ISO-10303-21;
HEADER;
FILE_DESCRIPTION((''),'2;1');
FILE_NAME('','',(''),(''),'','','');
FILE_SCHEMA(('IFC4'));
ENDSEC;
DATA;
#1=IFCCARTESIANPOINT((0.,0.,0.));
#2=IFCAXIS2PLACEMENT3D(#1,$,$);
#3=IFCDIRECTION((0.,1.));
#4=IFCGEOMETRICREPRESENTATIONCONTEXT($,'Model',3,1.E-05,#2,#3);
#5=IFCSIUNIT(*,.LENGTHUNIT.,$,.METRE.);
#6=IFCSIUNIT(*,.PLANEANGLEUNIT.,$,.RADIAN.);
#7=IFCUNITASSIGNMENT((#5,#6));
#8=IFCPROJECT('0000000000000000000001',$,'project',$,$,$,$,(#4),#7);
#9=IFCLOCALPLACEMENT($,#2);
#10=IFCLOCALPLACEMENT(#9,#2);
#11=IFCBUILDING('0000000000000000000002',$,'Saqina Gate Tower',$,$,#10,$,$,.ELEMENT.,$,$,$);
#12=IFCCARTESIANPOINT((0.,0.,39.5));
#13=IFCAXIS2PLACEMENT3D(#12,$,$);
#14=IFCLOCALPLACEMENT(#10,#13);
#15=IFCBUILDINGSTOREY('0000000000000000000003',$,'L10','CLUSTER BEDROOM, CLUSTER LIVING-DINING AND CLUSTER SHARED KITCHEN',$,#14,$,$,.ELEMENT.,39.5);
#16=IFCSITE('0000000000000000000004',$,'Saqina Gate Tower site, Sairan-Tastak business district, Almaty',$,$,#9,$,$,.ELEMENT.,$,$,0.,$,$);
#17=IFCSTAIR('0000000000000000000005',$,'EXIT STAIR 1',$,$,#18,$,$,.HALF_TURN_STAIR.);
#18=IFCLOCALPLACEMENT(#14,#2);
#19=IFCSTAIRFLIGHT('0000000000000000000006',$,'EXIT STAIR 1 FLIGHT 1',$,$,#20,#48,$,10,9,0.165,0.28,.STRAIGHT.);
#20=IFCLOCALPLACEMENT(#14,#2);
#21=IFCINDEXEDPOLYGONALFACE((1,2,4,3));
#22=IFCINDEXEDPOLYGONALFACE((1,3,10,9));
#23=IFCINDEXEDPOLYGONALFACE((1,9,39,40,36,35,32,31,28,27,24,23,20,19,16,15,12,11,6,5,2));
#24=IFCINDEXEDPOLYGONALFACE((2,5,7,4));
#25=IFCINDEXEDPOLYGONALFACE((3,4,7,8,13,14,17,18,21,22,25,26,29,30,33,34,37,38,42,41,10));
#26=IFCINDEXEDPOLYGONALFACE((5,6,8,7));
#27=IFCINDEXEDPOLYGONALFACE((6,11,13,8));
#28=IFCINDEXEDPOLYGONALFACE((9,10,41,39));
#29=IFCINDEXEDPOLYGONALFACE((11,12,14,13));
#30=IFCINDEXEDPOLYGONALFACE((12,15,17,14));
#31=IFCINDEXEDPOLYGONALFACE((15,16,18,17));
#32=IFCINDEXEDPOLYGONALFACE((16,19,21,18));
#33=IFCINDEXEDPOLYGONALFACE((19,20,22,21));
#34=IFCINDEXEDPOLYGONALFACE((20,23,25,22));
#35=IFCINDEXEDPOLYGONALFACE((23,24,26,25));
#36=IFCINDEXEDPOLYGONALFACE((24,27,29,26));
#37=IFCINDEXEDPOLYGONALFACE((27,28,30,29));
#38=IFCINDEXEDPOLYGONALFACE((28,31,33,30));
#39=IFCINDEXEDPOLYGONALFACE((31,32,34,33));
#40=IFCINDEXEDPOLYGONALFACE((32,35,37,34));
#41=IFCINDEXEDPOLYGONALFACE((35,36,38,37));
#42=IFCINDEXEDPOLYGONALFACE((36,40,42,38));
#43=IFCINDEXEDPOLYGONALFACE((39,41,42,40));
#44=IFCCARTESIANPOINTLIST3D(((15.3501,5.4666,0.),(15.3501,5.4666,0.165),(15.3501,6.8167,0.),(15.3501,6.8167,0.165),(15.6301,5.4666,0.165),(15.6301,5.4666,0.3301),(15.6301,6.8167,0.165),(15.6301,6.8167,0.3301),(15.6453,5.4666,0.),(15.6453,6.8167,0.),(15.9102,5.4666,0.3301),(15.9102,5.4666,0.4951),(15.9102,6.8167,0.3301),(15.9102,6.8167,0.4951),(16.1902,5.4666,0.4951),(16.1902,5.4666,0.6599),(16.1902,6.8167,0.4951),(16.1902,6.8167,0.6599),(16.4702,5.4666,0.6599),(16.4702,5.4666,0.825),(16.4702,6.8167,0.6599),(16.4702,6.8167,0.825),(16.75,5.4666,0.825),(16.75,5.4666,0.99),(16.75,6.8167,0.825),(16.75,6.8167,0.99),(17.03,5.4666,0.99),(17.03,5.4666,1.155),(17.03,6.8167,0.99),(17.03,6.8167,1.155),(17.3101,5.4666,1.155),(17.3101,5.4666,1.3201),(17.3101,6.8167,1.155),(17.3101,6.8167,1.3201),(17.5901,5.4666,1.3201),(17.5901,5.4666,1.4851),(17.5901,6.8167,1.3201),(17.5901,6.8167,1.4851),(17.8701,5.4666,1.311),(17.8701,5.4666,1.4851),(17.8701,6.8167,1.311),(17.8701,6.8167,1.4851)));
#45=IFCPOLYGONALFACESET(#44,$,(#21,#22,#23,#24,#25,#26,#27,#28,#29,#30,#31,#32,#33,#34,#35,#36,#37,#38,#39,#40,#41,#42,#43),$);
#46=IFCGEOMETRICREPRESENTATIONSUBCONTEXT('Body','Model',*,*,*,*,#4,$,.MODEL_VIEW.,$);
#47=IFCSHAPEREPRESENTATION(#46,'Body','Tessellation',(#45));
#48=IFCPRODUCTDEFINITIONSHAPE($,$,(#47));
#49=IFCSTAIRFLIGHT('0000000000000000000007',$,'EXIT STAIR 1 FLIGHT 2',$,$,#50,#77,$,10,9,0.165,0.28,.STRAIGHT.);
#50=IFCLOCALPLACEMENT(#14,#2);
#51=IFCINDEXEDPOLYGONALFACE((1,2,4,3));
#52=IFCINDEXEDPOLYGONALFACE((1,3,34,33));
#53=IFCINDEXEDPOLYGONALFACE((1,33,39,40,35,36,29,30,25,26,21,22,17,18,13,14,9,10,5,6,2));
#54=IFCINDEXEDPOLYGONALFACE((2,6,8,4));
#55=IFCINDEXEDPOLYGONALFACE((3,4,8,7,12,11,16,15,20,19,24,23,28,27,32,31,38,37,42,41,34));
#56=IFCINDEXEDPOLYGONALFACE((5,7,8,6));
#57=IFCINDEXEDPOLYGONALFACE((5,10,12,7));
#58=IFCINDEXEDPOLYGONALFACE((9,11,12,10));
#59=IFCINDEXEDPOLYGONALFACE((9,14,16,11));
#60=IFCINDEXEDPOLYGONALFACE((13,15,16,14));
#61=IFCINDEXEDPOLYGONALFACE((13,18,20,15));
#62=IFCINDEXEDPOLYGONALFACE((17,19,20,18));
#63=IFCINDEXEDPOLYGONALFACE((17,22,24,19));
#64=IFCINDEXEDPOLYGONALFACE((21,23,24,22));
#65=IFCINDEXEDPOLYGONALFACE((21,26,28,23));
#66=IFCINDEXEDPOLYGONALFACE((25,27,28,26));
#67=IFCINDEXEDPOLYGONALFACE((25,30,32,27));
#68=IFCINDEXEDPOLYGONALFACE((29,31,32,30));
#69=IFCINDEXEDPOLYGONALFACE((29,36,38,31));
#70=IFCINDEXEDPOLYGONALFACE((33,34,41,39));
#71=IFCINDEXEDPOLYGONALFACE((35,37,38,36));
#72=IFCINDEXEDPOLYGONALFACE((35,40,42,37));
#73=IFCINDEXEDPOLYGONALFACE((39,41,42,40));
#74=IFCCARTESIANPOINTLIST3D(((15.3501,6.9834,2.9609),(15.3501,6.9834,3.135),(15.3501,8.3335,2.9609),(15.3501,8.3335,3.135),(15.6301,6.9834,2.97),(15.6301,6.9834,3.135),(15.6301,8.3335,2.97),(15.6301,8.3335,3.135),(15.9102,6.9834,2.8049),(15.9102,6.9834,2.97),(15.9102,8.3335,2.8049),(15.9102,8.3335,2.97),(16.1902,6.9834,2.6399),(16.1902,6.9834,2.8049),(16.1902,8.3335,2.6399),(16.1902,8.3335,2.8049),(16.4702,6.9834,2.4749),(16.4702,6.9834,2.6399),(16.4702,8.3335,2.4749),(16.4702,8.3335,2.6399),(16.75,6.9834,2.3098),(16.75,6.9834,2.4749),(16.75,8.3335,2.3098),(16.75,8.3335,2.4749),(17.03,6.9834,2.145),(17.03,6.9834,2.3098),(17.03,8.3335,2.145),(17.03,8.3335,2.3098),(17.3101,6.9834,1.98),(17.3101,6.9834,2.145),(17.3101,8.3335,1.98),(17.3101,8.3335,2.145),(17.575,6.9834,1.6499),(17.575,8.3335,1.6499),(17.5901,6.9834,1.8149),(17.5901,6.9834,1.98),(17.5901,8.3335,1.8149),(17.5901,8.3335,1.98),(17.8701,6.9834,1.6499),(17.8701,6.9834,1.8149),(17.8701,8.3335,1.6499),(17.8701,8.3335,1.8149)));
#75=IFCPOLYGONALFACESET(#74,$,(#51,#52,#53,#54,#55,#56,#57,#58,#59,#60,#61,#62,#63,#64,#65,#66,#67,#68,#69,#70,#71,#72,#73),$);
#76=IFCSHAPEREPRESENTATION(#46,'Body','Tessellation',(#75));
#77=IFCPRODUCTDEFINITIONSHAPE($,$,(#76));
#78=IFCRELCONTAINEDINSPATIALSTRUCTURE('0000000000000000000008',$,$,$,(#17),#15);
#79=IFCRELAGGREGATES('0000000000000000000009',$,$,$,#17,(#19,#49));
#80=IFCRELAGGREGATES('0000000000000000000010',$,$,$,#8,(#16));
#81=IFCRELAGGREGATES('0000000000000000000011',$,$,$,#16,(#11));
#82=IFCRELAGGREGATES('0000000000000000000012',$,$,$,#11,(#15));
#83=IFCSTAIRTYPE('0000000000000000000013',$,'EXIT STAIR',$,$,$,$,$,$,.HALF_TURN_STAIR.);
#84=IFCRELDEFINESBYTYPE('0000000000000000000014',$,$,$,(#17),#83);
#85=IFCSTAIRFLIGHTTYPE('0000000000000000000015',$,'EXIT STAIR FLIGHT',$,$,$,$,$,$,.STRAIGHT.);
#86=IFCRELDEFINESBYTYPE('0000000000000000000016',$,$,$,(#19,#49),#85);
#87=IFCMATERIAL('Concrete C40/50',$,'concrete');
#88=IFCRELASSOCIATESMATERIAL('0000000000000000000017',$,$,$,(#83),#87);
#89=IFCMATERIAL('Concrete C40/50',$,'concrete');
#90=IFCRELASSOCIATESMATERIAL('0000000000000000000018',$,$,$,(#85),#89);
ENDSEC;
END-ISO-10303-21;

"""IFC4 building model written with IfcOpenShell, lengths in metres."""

from ifc_helpers import new_model, si_unit, direction, frame, origin, place, context, subcontext, project, spatial, polyline, outline, extrude, material, type_object, element, aggregate, save


model = new_model("IFC4")

# Units and contexts
model_context = context("Model", 3, precision=1e-05, world=origin(), true_north=direction((0.0, 1.0)))
body_context = subcontext(model_context, "Body", "Model", "MODEL_VIEW")
ifc_project = project(units=[si_unit("LENGTHUNIT", "METRE"), si_unit("PLANEANGLEUNIT", "RADIAN")], contexts=[model_context])

# Site, building, storey
site_placement = place(None, origin())
site = spatial("IfcSite", under=ifc_project, at=site_placement, Name="Saqina Gate Tower site, Sairan-Tastak business district, Almaty", CompositionType="ELEMENT", RefElevation=0.0)
building_placement = place(site_placement, origin())
building = spatial("IfcBuilding", under=site, at=building_placement, Name="Saqina Gate Tower", CompositionType="ELEMENT")
storey_placement = place(building_placement, frame((0.0, 0.0, 39.5)))
storey = spatial("IfcBuildingStorey", under=building, at=storey_placement, Name="L10", Description="CLUSTER BEDROOM, CLUSTER LIVING-DINING AND CLUSTER SHARED KITCHEN", CompositionType="ELEMENT", Elevation=39.5)

# Stair, stair flights
ifc_material_1 = material(Name="Concrete C40/50", Category="concrete")
stair_type = type_object("IfcStairType", Name="EXIT STAIR", PredefinedType="HALF_TURN_STAIR", material=ifc_material_1)
stair_placement = place(storey_placement, origin())
stair = element("IfcStair", 1, at=stair_placement, inside=storey, type_object=stair_type, Name="EXIT STAIR 1", PredefinedType="HALF_TURN_STAIR")
ifc_material_2 = material(Name="Concrete C40/50", Category="concrete")
stair_flight_type = type_object("IfcStairFlightType", Name="EXIT STAIR FLIGHT", PredefinedType="STRAIGHT", material=ifc_material_2)
stair_flight_1_placement = place(storey_placement, frame((15.3501, 6.1416, 0.0), z_axis=(0.0, 0.0, 1.0), x_axis=(1.0, 0.0, 0.0)))
stair_flight_1 = element("IfcStairFlight", 2, at=stair_flight_1_placement, type_object=stair_flight_type, Name="EXIT STAIR 1 FLIGHT 1", NumberOfRisers=10, NumberOfTreads=9, PredefinedType="STRAIGHT", RiserHeight=0.165, TreadLength=0.28, context=body_context, shape_type="SweptSolid", body=[
    extrude(outline(polyline([(0.0, 0.0), (0.0, 0.165), (0.28, 0.165), (0.28, 0.3301), (0.5601, 0.3301), (0.5601, 0.4951), (0.8401, 0.4951), (0.8401, 0.6599), (1.1201, 0.6599), (1.1201, 0.825), (1.3999, 0.825), (1.3999, 0.99), (1.6799, 0.99), (1.6799, 1.155), (1.96, 1.155), (1.96, 1.3201), (2.24, 1.3201), (2.24, 1.4851), (2.52, 1.4851), (2.52, 1.6499), (2.52, 1.311), (0.2952, 0.0), (0.0, 0.0)])), frame((0.0, 0.675, 0.0), z_axis=(0.0, -1.0, 0.0), x_axis=(1.0, 0.0, 0.0)), (0.0, 0.0, 1.0), 1.3501),
])
stair_flight_2_placement = place(storey_placement, frame((17.8701, 7.6584, 1.6499), z_axis=(0.0, 0.0, 1.0), x_axis=(-1.0, 0.0, 0.0)))
stair_flight_2 = element("IfcStairFlight", 3, at=stair_flight_2_placement, type_object=stair_flight_type, Name="EXIT STAIR 1 FLIGHT 2", NumberOfRisers=10, NumberOfTreads=9, PredefinedType="STRAIGHT", RiserHeight=0.165, TreadLength=0.28, context=body_context, shape_type="SweptSolid", body=[
    extrude(outline(polyline([(0.0, 0.0), (0.0, 0.165), (0.28, 0.165), (0.28, 0.3301), (0.5601, 0.3301), (0.5601, 0.4951), (0.8401, 0.4951), (0.8401, 0.6599), (1.1201, 0.6599), (1.1201, 0.825), (1.3999, 0.825), (1.3999, 0.99), (1.6799, 0.99), (1.6799, 1.155), (1.96, 1.155), (1.96, 1.3201), (2.24, 1.3201), (2.24, 1.4851), (2.52, 1.4851), (2.52, 1.6499), (2.52, 1.311), (0.2952, 0.0), (0.0, 0.0)])), frame((0.0, 0.675, 0.0), z_axis=(0.0, -1.0, 0.0), x_axis=(1.0, 0.0, 0.0)), (0.0, 0.0, 1.0), 1.3501),
])
aggregate(stair, [stair_flight_1, stair_flight_2])

save(model, "model.ifc")
